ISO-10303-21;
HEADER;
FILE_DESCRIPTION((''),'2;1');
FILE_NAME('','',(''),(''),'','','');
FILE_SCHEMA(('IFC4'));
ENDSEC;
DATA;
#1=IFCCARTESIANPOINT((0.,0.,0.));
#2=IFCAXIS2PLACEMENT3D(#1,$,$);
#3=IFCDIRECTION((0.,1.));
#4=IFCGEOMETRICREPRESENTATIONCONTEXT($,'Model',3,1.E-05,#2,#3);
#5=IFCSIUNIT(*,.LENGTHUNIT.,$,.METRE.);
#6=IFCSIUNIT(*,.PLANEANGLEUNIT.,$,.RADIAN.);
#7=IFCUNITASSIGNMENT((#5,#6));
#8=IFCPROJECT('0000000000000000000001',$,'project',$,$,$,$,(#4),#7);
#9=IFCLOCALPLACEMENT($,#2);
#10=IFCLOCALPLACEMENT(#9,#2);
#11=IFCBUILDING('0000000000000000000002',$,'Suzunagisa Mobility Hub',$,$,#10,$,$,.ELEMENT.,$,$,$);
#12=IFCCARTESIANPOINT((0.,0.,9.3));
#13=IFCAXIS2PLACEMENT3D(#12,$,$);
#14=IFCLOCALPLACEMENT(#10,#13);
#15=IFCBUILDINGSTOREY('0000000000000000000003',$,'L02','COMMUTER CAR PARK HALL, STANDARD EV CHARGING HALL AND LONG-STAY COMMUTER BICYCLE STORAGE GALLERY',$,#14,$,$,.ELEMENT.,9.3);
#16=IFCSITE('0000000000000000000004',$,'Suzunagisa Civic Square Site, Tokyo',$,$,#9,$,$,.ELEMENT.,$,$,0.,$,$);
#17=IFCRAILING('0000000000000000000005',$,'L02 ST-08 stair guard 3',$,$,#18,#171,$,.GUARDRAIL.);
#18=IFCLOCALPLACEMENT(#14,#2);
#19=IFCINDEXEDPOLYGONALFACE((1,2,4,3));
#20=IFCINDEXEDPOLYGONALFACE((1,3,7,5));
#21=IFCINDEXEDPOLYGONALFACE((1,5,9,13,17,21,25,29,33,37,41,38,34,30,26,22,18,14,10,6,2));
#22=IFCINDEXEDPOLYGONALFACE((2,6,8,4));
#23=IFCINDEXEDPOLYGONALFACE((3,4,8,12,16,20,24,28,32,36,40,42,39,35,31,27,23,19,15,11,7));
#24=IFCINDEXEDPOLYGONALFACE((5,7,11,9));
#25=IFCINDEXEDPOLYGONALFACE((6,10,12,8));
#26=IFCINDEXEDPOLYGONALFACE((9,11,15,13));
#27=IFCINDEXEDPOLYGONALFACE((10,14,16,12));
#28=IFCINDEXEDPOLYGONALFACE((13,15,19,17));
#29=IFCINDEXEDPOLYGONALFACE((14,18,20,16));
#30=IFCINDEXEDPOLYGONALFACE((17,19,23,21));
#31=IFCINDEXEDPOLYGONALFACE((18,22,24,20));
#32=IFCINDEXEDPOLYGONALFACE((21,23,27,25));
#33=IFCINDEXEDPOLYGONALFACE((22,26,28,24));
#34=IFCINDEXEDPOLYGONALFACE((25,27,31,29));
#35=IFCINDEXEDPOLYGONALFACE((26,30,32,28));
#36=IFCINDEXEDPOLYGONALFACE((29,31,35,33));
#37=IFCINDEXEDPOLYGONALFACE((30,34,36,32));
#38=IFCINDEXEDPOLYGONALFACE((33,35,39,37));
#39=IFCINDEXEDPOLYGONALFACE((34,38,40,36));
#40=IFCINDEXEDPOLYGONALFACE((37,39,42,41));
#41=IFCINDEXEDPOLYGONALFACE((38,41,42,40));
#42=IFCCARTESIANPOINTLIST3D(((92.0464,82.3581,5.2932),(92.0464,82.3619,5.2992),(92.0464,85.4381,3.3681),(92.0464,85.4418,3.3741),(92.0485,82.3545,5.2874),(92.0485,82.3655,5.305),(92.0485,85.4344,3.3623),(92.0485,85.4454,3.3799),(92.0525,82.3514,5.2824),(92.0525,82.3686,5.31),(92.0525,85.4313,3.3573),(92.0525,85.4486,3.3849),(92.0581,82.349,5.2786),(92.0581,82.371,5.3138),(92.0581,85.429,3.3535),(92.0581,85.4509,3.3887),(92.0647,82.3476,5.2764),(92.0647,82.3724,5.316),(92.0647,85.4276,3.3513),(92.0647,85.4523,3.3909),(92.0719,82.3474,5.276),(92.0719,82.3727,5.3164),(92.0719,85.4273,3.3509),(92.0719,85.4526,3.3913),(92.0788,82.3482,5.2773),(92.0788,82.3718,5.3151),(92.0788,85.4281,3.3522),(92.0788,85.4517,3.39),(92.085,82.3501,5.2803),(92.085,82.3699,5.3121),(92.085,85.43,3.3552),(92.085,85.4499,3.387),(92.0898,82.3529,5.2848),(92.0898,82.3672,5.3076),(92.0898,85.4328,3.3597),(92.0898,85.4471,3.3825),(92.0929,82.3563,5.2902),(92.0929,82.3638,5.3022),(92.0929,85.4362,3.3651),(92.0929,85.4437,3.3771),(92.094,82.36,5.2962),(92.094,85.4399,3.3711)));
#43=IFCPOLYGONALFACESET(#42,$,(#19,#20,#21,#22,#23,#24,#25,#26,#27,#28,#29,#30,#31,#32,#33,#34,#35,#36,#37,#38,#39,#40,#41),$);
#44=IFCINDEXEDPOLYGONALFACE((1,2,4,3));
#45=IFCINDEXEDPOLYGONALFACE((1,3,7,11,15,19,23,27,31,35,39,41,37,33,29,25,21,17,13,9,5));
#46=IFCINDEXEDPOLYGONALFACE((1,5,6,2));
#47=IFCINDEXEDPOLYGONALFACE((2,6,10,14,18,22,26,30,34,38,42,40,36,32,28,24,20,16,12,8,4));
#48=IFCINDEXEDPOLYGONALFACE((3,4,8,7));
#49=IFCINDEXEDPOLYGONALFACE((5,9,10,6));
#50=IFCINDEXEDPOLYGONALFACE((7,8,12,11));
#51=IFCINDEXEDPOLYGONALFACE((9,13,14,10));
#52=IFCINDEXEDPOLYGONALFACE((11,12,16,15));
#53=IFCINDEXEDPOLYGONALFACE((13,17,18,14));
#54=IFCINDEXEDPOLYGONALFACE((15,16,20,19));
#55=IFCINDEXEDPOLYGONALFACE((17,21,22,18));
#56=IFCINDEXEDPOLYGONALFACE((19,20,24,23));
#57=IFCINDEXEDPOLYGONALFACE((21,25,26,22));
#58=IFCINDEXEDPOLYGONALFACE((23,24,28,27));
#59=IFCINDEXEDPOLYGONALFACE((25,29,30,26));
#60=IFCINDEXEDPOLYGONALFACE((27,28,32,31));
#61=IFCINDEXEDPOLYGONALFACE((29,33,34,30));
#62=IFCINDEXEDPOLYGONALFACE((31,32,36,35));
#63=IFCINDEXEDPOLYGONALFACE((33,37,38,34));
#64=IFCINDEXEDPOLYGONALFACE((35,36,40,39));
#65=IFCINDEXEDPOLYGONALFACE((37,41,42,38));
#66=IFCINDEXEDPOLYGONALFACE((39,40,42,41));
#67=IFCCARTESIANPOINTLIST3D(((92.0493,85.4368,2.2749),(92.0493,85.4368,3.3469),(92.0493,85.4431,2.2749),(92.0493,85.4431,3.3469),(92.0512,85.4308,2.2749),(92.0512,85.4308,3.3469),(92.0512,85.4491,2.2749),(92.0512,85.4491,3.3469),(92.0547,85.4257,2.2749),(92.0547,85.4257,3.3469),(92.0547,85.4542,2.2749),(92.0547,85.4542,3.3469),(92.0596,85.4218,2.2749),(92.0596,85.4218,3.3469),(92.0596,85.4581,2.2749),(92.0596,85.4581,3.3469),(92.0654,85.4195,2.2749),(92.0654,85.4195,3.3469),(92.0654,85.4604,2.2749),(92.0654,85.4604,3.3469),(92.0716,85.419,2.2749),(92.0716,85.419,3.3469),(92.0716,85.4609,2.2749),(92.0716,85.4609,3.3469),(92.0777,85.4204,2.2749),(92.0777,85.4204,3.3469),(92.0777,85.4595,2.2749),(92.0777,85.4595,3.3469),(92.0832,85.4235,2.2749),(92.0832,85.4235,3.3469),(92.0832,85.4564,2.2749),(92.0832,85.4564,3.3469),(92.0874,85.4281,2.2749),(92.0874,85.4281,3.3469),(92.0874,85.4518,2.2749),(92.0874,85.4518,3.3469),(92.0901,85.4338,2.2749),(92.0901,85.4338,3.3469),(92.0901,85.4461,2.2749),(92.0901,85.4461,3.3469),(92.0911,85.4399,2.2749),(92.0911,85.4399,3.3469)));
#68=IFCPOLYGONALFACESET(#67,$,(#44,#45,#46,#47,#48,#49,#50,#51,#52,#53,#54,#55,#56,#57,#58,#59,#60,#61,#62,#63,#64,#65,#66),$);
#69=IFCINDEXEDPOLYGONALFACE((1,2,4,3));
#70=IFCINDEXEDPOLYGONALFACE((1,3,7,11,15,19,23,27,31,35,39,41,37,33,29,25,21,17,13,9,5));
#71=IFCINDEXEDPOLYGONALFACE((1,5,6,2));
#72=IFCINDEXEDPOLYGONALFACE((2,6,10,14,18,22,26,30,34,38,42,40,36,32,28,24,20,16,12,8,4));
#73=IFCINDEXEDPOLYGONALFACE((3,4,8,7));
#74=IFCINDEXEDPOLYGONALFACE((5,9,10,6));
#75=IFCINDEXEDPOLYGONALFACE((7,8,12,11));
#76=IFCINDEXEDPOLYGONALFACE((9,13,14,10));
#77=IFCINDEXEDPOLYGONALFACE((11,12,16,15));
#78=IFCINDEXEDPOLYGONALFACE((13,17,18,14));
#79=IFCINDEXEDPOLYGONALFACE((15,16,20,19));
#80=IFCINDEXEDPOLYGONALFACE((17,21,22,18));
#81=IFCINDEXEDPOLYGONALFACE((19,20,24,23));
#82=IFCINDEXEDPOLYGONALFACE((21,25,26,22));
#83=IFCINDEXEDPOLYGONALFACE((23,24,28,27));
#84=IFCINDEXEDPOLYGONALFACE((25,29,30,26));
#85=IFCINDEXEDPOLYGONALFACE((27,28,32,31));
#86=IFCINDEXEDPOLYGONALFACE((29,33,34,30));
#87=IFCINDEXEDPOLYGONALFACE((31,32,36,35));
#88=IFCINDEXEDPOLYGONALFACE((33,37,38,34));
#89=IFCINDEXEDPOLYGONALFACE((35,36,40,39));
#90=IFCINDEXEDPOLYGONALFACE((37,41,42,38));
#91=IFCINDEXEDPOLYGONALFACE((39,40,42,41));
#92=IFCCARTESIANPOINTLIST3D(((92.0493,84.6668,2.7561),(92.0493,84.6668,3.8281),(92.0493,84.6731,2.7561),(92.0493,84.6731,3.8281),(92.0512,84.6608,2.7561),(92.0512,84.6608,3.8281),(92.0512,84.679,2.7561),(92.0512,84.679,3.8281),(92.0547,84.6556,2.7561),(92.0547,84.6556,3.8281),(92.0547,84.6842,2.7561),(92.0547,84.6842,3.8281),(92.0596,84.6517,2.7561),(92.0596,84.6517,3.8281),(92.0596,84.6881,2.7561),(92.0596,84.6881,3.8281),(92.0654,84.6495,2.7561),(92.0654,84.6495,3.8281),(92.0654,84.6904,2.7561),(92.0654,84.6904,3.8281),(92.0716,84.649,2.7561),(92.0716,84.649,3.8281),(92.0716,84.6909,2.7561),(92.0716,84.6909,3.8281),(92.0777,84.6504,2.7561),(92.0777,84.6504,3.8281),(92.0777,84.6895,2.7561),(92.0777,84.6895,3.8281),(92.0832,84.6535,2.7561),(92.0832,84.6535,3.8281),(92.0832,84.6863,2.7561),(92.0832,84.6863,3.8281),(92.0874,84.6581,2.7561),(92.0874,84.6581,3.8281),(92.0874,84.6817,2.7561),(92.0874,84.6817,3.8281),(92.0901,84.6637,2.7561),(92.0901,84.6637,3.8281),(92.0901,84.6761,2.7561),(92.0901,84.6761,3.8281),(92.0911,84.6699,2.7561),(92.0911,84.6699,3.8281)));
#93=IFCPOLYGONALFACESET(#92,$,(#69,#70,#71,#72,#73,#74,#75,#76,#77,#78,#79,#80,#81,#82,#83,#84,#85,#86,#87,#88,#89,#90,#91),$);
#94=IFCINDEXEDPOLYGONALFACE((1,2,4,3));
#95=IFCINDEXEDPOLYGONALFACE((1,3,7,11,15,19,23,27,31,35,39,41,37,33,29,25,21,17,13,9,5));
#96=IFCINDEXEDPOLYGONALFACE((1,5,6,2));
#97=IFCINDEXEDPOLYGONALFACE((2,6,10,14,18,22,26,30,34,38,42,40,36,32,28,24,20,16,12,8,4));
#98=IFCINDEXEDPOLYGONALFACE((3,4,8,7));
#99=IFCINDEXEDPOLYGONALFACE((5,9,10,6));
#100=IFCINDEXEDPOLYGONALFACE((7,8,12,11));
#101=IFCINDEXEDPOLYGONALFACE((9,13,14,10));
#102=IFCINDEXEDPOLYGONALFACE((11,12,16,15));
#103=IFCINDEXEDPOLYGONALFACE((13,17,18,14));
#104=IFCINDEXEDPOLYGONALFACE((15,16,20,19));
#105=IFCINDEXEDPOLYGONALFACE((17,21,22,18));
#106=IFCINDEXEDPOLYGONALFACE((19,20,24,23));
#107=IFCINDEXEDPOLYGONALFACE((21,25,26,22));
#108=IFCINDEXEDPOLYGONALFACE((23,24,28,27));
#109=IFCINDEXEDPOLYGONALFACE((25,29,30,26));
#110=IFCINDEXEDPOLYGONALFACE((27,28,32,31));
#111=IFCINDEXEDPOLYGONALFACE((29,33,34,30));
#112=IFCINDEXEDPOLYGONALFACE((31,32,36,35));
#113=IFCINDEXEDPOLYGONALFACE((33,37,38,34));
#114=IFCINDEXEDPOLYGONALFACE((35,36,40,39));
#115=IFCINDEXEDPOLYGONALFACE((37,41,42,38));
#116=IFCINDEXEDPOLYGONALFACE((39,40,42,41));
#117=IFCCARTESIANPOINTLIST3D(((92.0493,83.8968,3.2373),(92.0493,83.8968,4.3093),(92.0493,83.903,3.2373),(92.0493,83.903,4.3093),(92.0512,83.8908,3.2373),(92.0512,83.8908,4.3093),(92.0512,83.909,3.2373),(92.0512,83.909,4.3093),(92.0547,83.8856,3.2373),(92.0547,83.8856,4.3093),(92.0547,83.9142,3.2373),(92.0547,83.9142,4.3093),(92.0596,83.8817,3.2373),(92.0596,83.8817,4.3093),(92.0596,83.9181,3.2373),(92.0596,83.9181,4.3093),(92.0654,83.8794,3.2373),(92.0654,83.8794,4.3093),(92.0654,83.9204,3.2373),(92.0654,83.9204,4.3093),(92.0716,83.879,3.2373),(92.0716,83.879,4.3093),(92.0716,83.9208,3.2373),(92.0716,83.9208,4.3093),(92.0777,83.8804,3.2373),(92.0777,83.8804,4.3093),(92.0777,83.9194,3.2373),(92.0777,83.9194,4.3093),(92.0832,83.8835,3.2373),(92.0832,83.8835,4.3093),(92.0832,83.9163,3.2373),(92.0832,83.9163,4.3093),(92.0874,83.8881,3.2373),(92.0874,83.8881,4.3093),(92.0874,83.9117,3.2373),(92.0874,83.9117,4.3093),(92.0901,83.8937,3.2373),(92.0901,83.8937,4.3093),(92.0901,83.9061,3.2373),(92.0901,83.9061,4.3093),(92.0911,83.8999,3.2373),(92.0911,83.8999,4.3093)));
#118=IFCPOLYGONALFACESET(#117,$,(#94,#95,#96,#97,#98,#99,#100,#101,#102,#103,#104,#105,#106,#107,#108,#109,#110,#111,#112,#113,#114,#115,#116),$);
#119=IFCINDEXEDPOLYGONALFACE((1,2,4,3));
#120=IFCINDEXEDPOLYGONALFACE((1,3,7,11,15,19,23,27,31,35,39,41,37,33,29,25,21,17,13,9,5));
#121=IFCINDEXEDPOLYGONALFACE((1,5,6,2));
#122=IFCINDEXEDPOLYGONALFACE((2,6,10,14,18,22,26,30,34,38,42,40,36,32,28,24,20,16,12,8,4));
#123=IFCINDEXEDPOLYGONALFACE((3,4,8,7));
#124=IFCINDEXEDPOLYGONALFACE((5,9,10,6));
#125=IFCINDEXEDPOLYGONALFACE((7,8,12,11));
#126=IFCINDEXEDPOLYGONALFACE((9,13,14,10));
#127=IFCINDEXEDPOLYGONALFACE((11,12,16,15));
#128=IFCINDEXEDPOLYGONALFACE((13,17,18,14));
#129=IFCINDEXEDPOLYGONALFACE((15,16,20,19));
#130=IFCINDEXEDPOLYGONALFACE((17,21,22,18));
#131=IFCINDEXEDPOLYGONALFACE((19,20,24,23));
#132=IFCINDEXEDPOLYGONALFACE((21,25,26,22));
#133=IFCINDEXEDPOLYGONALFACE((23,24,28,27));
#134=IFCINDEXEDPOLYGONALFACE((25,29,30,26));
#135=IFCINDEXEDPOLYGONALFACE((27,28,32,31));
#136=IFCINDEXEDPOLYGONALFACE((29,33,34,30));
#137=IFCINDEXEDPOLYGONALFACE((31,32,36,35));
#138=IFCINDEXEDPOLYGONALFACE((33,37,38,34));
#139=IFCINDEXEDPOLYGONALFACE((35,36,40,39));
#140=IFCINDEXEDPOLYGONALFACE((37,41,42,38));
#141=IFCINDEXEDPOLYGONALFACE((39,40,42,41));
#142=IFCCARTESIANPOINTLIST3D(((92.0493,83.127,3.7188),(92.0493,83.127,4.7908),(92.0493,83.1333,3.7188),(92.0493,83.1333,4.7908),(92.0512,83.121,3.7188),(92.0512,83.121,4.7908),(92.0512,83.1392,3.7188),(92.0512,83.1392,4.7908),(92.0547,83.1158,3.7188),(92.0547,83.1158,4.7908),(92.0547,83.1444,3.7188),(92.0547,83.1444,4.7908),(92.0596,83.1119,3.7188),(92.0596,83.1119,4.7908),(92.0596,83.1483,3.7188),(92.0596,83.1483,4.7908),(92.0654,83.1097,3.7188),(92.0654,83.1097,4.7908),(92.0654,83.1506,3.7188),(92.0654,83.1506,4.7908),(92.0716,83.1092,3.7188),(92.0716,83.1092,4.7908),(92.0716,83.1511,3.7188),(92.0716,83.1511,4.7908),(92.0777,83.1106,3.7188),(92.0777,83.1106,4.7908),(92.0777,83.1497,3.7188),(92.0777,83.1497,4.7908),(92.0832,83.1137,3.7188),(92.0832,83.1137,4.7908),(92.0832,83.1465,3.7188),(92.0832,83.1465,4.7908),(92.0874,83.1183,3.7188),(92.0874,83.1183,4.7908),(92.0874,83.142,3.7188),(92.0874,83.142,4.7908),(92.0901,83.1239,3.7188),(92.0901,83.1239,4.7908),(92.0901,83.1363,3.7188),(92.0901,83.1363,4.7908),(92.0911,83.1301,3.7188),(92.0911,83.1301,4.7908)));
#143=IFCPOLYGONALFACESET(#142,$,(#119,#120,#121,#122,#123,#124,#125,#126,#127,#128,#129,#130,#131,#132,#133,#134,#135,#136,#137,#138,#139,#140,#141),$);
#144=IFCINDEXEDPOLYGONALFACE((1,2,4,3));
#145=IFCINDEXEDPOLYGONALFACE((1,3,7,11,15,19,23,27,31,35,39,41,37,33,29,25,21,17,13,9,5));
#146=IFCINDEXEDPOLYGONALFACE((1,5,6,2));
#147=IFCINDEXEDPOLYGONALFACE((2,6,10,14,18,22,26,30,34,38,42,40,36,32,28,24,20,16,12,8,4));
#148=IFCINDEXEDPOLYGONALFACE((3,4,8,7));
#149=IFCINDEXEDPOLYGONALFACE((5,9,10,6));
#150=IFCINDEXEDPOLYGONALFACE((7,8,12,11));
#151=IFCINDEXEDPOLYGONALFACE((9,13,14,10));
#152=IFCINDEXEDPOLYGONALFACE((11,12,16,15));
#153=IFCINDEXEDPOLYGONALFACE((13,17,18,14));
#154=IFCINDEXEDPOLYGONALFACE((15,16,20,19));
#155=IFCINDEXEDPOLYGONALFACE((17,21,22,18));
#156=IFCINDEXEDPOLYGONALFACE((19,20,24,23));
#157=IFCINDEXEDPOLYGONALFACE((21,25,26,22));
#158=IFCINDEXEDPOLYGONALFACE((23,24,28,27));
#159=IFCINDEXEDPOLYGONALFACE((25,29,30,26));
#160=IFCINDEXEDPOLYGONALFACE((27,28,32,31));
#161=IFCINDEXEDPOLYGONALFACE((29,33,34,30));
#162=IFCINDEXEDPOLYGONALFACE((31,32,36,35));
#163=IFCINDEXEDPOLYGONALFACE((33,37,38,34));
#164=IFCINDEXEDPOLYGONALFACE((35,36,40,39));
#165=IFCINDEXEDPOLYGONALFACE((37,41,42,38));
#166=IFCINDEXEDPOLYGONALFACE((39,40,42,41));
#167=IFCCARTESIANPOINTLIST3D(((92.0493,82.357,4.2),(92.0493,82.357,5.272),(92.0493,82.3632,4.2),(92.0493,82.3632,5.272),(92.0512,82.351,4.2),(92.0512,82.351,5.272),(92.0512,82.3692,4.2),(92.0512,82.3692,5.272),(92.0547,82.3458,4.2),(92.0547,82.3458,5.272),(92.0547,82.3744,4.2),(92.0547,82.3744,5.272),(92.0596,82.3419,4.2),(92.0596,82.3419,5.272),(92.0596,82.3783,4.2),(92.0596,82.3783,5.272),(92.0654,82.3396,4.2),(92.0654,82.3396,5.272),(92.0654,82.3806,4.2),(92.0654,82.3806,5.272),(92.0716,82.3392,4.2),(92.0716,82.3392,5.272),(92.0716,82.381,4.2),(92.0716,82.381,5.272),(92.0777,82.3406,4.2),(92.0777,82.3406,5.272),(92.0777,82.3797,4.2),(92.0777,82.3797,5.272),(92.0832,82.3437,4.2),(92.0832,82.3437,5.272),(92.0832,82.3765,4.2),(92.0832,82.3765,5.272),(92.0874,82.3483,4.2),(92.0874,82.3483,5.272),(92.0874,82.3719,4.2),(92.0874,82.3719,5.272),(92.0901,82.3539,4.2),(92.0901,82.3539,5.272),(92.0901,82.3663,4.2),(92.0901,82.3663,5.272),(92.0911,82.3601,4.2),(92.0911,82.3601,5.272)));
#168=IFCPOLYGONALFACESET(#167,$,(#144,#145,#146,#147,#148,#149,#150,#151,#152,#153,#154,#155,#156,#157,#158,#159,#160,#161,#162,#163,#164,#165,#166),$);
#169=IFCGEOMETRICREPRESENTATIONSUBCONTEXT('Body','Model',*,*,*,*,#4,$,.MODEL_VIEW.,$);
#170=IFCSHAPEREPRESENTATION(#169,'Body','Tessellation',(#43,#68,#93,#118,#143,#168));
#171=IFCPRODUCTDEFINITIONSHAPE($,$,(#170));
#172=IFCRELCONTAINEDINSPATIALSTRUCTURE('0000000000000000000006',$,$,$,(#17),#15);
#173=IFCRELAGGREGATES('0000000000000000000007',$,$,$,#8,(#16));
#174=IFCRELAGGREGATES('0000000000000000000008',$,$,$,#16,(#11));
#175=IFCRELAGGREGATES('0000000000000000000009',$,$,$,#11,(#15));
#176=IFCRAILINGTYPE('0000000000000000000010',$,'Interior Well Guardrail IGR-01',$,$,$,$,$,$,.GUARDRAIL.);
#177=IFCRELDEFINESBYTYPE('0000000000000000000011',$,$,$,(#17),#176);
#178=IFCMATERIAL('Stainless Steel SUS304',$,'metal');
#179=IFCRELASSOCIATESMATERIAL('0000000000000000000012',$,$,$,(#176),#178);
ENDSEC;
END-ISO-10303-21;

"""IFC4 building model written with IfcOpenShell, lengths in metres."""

from ifc_helpers import new_model, si_unit, direction, frame, origin, origin_2d, place, context, subcontext, project, spatial, circle, extrude, material, type_object, element, save


model = new_model("IFC4")

# Units and contexts
model_context = context("Model", 3, precision=1e-05, world=origin(), true_north=direction((0.0, 1.0)))
body_context = subcontext(model_context, "Body", "Model", "MODEL_VIEW")
ifc_project = project(units=[si_unit("LENGTHUNIT", "METRE"), si_unit("PLANEANGLEUNIT", "RADIAN")], contexts=[model_context])

# Site, building, storey
site_placement = place(None, origin())
site = spatial("IfcSite", under=ifc_project, at=site_placement, Name="Suzunagisa Civic Square Site, Tokyo", CompositionType="ELEMENT", RefElevation=0.0)
building_placement = place(site_placement, origin())
building = spatial("IfcBuilding", under=site, at=building_placement, Name="Suzunagisa Mobility Hub", CompositionType="ELEMENT")
storey_placement = place(building_placement, frame((0.0, 0.0, 9.3)))
storey = spatial("IfcBuildingStorey", under=building, at=storey_placement, Name="L02", Description="COMMUTER CAR PARK HALL, STANDARD EV CHARGING HALL AND LONG-STAY COMMUTER BICYCLE STORAGE GALLERY", CompositionType="ELEMENT", Elevation=9.3)

# Railing
ifc_material_1 = material(Name="Stainless Steel SUS304", Category="metal")
railing_type_1 = type_object("IfcRailingType", Name="Interior Well Guardrail IGR-01", PredefinedType="GUARDRAIL", material=ifc_material_1)
railing_1_placement = place(storey_placement, frame((92.0701, 85.4399, 2.2749)))
element("IfcRailing", 1, at=railing_1_placement, inside=storey, type_object=railing_type_1, Name="L02 ST-08 stair guard 3", PredefinedType="GUARDRAIL", context=body_context, shape_type="SweptSolid", body=[
    extrude(circle(Radius=0.0239, at=origin_2d()), frame((0.0, 0.0, 1.0962), z_axis=(0.0, -0.847979, 0.530029), x_axis=(1.0, 0.0, 0.0)), (0.0, 0.0, 1.0), 3.6321),
    extrude(circle(Radius=0.021, at=origin_2d()), origin(), (0.0, 0.0, 1.0), 1.072),
    extrude(circle(Radius=0.021, at=origin_2d()), frame((0.0, -0.77, 0.4812)), (0.0, 0.0, 1.0), 1.072),
    extrude(circle(Radius=0.021, at=origin_2d()), frame((0.0, -1.54, 0.9624)), (0.0, 0.0, 1.0), 1.072),
    extrude(circle(Radius=0.021, at=origin_2d()), frame((0.0, -2.3098, 1.4438)), (0.0, 0.0, 1.0), 1.072),
    extrude(circle(Radius=0.021, at=origin_2d()), frame((0.0, -3.0798, 1.925)), (0.0, 0.0, 1.0), 1.072),
])

save(model, "model.ifc")
